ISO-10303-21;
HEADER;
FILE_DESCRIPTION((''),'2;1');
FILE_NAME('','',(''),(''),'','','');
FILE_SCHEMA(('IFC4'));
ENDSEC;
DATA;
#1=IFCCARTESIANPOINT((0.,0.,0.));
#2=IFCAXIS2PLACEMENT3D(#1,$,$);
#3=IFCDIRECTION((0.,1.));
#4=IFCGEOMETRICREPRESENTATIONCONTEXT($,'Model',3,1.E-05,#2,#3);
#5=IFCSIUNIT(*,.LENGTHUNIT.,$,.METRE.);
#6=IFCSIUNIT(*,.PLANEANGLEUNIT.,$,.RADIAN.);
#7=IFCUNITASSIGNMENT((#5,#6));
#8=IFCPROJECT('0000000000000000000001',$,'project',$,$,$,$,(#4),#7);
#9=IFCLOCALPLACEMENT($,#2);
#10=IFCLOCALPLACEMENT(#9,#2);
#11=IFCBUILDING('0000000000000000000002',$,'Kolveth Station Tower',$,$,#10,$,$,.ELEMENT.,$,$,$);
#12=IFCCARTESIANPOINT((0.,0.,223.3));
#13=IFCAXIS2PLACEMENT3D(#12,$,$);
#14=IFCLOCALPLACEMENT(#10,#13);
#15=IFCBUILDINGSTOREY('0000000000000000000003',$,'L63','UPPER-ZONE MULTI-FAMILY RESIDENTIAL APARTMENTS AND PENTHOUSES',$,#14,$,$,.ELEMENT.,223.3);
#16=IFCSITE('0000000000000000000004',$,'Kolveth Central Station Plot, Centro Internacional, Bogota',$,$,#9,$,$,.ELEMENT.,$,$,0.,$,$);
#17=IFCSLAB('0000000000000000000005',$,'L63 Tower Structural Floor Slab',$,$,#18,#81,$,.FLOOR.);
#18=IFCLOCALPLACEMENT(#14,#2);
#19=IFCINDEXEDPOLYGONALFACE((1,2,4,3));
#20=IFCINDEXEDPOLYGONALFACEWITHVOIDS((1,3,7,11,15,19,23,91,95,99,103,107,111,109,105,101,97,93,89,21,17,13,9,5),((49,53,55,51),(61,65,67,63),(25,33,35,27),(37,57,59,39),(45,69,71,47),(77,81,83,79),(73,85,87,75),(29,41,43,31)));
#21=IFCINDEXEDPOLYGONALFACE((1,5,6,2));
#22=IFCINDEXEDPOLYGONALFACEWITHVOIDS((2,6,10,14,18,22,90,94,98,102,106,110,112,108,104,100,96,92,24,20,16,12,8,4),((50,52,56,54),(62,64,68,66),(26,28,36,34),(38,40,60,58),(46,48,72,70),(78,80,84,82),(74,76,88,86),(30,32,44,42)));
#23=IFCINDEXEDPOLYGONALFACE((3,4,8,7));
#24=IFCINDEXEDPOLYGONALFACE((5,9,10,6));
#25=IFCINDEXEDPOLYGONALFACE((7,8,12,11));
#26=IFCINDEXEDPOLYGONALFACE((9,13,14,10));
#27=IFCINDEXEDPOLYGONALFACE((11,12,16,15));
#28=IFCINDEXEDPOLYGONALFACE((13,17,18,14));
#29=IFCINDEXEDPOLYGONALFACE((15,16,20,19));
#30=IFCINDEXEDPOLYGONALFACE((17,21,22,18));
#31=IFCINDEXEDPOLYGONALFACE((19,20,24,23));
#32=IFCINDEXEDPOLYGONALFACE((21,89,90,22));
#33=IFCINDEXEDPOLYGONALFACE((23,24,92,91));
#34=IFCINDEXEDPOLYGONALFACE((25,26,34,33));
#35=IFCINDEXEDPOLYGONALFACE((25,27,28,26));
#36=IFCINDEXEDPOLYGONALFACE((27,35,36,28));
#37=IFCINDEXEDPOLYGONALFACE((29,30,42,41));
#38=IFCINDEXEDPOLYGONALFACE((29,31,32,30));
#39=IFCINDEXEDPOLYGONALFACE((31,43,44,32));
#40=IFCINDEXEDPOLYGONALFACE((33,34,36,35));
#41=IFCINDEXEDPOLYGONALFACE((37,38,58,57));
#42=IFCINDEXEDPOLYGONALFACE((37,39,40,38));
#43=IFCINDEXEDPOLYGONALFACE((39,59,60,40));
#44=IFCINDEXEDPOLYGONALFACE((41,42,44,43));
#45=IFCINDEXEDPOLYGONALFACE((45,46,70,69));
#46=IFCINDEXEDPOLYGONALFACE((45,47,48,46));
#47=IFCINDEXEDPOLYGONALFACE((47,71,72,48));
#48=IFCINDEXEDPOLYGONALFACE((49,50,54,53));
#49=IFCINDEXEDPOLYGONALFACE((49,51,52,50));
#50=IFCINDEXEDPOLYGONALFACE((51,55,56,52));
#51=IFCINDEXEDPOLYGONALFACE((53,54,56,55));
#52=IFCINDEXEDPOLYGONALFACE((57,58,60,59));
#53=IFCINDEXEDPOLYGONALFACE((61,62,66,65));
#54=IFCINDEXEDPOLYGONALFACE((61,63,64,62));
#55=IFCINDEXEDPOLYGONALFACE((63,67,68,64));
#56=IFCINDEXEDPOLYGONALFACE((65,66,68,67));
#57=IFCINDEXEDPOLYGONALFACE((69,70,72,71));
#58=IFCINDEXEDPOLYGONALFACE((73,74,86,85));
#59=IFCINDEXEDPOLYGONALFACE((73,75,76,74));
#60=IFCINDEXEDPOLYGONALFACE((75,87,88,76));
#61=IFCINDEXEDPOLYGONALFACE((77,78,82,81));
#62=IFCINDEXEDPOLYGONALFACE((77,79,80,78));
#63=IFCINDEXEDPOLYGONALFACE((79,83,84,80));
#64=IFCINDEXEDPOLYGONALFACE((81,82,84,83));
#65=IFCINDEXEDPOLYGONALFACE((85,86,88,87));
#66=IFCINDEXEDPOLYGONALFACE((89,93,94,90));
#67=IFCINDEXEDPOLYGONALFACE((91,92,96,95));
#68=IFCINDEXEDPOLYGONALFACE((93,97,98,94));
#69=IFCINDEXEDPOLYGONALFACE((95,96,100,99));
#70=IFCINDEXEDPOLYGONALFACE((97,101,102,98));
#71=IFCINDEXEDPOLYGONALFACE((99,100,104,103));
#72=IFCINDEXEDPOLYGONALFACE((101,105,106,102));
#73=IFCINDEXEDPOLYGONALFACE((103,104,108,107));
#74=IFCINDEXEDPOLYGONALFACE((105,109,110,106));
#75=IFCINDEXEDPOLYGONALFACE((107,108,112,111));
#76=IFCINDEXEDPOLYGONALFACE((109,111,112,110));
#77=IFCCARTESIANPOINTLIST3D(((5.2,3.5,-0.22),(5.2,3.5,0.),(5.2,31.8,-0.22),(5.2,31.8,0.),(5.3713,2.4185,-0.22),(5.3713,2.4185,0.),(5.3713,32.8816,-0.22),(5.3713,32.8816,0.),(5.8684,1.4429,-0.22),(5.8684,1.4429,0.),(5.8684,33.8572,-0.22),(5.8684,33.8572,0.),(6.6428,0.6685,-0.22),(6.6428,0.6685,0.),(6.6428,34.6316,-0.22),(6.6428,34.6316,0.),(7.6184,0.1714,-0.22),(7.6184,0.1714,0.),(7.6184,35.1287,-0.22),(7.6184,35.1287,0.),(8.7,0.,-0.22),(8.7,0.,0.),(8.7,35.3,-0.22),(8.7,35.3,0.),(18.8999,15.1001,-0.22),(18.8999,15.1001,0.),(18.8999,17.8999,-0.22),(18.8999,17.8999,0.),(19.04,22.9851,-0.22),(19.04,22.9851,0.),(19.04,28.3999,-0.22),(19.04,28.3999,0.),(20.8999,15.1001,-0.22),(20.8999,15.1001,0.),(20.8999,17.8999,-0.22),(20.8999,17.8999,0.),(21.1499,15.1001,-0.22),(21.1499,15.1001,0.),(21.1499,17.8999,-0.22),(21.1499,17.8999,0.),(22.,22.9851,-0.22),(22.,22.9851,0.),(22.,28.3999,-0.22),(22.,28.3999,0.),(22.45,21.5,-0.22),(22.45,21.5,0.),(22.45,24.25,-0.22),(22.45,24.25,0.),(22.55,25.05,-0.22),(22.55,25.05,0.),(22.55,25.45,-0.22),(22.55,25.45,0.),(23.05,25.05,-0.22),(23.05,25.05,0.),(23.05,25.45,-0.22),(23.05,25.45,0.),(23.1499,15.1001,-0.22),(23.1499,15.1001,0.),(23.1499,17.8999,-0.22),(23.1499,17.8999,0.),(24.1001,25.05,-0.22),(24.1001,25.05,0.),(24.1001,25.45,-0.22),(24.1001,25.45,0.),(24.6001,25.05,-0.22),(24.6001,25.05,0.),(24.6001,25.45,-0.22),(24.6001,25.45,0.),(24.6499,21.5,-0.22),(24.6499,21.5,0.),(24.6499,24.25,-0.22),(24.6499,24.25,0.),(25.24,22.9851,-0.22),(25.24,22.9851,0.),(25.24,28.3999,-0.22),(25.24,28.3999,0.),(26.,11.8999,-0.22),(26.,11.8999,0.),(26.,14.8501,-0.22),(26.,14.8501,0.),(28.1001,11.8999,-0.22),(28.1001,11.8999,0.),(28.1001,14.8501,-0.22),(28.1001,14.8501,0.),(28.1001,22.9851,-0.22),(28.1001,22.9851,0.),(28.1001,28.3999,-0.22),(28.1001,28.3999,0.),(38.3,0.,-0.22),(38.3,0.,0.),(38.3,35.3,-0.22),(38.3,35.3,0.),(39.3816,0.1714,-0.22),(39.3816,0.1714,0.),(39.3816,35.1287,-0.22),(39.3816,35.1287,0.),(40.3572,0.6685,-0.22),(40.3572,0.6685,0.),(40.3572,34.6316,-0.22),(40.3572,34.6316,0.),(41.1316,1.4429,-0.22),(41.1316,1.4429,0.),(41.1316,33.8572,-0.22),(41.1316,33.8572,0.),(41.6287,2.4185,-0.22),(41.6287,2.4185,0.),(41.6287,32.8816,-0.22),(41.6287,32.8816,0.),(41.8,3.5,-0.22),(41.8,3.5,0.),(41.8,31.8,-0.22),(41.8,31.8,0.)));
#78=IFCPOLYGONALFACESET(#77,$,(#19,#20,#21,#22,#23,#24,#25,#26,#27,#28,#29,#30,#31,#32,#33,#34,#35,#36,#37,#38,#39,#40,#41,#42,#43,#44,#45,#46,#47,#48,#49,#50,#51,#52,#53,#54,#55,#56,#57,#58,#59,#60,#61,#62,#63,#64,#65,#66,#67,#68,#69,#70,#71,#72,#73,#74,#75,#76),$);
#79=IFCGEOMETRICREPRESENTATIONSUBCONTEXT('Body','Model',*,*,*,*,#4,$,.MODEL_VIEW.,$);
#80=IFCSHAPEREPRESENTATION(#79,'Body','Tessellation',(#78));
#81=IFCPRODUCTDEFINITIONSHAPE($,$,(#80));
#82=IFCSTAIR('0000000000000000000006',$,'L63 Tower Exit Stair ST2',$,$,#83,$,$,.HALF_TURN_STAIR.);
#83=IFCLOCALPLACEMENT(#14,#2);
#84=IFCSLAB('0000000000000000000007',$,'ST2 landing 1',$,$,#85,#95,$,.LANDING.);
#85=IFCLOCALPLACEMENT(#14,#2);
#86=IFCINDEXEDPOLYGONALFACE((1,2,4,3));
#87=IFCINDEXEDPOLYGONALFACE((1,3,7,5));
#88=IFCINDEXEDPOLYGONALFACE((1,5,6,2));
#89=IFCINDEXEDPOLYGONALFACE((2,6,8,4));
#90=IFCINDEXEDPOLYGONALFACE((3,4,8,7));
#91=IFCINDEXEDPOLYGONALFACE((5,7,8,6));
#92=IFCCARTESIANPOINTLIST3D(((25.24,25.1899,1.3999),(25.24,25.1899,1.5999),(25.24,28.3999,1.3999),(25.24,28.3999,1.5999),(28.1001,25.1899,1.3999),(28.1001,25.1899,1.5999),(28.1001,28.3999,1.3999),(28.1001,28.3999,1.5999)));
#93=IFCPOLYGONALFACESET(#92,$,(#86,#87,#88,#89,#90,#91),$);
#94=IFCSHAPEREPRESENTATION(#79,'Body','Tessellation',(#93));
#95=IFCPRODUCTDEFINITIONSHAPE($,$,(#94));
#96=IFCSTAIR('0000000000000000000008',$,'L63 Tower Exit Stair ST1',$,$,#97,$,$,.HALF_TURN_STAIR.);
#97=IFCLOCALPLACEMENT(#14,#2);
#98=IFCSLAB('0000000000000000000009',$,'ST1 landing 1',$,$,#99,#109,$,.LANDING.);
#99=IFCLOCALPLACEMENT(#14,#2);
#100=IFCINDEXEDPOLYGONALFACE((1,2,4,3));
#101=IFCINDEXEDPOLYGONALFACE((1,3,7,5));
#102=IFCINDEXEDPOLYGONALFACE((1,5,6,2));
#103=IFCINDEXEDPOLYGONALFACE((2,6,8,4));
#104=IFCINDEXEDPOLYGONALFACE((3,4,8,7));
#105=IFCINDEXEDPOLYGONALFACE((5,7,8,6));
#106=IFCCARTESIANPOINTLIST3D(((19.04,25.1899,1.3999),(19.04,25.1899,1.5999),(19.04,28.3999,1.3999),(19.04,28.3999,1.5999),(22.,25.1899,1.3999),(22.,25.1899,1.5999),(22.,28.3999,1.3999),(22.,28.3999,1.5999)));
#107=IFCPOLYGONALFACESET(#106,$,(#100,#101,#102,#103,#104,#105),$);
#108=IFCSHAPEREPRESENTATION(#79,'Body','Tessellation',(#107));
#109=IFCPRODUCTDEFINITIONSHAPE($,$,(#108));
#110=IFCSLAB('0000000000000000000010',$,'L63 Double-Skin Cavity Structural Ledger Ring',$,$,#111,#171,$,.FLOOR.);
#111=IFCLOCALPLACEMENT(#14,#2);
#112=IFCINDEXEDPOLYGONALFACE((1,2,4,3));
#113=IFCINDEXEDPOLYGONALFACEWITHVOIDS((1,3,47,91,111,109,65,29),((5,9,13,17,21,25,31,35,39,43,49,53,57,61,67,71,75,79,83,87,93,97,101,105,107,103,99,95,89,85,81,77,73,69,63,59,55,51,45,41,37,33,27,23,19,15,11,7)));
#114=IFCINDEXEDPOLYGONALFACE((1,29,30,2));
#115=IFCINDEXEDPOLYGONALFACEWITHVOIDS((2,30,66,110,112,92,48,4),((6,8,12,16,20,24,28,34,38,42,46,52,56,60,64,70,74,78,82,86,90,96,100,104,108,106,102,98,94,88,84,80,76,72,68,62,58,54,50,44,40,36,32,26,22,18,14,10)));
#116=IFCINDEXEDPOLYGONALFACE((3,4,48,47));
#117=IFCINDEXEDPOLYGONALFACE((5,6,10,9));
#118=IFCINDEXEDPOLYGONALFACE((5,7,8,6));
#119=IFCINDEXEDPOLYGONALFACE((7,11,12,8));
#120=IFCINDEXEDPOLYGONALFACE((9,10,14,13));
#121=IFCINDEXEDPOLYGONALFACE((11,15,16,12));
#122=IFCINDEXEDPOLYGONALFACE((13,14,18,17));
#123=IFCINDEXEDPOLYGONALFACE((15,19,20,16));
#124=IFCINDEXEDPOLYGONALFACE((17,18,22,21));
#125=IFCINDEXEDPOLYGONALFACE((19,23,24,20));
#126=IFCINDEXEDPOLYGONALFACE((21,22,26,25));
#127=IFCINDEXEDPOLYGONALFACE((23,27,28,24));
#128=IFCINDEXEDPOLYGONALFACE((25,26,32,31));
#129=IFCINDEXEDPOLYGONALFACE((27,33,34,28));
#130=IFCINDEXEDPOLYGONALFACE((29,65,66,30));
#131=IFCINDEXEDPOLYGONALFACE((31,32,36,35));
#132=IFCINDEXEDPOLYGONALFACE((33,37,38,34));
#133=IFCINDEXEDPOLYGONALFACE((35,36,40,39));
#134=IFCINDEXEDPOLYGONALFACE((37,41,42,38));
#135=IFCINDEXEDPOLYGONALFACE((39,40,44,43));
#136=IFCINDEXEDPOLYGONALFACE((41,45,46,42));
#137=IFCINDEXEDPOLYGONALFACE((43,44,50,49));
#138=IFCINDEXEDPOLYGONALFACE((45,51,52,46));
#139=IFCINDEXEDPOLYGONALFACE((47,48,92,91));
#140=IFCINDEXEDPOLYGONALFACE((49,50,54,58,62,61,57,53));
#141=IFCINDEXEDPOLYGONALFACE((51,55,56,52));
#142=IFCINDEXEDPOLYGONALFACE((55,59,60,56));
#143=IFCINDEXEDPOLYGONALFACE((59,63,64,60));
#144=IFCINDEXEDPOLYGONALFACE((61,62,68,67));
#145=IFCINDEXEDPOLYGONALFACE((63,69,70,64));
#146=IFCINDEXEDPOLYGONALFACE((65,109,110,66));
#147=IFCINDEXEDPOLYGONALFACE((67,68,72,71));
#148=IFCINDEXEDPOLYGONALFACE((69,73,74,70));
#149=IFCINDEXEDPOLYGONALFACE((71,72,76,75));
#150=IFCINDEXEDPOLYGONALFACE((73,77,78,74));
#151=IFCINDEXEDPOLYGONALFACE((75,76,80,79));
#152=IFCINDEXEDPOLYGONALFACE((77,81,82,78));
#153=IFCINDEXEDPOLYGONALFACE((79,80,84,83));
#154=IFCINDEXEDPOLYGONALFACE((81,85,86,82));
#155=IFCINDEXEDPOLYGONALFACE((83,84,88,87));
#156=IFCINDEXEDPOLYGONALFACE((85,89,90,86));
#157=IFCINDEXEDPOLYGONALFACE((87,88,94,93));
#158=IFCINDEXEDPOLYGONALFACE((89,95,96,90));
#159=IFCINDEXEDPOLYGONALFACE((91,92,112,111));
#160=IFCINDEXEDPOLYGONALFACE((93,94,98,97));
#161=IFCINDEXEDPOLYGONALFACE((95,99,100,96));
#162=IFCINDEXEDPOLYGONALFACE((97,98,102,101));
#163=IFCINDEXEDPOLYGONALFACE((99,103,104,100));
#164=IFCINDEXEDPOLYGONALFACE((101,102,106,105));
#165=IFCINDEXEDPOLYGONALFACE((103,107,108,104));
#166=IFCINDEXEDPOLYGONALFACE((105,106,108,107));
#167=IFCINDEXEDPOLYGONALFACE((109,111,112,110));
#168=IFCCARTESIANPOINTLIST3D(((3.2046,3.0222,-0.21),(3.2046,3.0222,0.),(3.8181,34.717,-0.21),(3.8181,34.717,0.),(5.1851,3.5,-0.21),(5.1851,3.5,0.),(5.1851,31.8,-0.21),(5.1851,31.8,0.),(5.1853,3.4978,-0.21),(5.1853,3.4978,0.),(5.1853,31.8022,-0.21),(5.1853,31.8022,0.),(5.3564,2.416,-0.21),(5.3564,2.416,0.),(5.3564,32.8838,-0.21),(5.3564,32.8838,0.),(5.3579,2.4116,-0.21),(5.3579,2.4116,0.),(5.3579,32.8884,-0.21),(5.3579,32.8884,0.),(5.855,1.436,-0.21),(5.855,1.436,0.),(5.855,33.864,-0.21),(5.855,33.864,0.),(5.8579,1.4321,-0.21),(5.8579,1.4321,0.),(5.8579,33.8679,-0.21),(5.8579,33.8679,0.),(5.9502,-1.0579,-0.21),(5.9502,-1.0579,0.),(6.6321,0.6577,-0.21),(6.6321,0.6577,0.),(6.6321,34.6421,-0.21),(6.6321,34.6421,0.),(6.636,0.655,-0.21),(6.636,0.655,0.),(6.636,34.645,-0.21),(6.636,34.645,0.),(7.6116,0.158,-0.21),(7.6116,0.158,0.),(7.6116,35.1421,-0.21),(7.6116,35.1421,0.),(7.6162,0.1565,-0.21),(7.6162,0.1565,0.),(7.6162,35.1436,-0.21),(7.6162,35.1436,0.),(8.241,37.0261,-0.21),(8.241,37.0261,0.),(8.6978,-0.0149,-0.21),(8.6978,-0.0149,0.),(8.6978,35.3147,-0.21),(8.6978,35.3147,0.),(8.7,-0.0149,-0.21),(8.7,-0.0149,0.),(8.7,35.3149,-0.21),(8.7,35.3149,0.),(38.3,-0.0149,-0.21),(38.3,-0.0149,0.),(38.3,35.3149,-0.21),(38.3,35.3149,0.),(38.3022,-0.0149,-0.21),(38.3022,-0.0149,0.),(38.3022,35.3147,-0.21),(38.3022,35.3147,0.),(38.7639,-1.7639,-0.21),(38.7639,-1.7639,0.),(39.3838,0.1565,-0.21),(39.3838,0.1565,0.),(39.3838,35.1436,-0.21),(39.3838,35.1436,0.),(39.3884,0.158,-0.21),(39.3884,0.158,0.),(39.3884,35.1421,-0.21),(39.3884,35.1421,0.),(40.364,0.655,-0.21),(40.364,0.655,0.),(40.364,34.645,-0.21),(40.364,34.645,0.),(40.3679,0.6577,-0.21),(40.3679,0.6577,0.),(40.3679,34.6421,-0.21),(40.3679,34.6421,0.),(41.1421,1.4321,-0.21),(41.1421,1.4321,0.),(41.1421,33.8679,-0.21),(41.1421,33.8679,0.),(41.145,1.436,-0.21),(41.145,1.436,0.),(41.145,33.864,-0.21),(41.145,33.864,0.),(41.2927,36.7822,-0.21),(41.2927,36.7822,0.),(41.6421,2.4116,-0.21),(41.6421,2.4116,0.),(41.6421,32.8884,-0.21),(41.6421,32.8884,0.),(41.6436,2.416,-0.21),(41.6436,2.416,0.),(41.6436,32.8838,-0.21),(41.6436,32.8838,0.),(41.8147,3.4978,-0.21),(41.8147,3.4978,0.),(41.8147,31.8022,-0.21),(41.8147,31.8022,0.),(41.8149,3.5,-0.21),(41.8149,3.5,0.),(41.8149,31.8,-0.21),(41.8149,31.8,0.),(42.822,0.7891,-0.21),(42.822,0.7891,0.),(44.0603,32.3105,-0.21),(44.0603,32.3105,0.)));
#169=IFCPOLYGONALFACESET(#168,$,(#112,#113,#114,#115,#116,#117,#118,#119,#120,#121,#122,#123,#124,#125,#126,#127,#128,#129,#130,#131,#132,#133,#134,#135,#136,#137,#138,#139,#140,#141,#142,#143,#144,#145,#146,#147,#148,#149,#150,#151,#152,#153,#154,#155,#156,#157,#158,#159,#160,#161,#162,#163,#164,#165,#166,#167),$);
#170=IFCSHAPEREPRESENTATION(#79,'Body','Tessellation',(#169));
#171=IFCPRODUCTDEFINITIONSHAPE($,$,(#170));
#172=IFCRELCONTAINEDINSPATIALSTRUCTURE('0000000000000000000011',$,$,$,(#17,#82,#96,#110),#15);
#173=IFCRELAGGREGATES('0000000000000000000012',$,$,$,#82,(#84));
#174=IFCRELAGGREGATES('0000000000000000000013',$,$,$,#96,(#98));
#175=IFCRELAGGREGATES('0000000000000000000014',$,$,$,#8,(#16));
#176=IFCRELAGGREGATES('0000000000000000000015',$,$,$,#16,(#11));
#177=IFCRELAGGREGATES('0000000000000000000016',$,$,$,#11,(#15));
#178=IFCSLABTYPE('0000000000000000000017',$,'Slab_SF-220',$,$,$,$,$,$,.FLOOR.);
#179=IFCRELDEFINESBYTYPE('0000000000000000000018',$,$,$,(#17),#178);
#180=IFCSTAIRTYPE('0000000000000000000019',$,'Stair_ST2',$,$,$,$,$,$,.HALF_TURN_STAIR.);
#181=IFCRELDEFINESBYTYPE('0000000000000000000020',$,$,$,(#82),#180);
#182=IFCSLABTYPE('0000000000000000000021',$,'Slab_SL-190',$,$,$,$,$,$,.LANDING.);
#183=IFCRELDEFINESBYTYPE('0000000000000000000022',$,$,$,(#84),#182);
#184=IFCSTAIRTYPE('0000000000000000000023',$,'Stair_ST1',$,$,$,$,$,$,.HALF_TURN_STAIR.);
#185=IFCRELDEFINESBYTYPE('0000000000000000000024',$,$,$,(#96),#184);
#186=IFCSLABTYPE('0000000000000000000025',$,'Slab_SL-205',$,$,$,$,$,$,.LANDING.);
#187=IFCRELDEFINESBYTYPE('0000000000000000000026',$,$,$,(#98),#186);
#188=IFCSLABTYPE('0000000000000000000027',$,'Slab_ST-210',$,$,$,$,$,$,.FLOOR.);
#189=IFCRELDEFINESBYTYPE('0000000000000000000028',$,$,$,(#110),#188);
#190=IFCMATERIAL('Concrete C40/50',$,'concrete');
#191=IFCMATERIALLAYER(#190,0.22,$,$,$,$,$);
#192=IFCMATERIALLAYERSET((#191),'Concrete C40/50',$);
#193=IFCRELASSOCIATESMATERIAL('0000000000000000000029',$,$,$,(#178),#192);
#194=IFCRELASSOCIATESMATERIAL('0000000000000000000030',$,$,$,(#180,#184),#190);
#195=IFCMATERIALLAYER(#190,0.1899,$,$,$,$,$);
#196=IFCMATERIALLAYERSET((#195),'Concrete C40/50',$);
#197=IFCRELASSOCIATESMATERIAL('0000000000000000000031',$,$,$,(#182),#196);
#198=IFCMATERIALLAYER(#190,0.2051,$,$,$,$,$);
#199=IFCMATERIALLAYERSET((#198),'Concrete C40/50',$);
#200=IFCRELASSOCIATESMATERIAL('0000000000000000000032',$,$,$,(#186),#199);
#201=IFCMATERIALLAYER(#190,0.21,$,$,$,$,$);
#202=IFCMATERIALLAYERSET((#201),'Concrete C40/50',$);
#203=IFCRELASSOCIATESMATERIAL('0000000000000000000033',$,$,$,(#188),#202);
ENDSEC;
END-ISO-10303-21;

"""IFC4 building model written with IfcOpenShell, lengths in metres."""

from ifc_helpers import new_model, si_unit, direction, frame, origin, place, context, subcontext, project, spatial, polyline, outline, extrude, material, layer, layer_set, type_object, element, aggregate, save


model = new_model("IFC4")

# Units and contexts
model_context = context("Model", 3, precision=1e-05, world=origin(), true_north=direction((0.0, 1.0)))
body_context = subcontext(model_context, "Body", "Model", "MODEL_VIEW")
ifc_project = project(units=[si_unit("LENGTHUNIT", "METRE"), si_unit("PLANEANGLEUNIT", "RADIAN")], contexts=[model_context])

# Site, building, storey
site_placement = place(None, origin())
site = spatial("IfcSite", under=ifc_project, at=site_placement, Name="Kolveth Central Station Plot, Centro Internacional, Bogota", CompositionType="ELEMENT", RefElevation=0.0)
building_placement = place(site_placement, origin())
building = spatial("IfcBuilding", under=site, at=building_placement, Name="Kolveth Station Tower", CompositionType="ELEMENT")
storey_placement = place(building_placement, frame((0.0, 0.0, 223.3)))
storey = spatial("IfcBuildingStorey", under=building, at=storey_placement, Name="L63", Description="UPPER-ZONE MULTI-FAMILY RESIDENTIAL APARTMENTS AND PENTHOUSES", CompositionType="ELEMENT", Elevation=223.3)

# Slab
ifc_material_1 = material(Name="Concrete C40/50", Category="concrete")
ifc_layer_1 = layer(ifc_material_1, 0.22)
ifc_layer_set_1 = layer_set([ifc_layer_1], Name="Concrete C40/50")
slab_type_1 = type_object("IfcSlabType", Name="Slab_SF-220", PredefinedType="FLOOR", material=ifc_layer_set_1)
slab_1_placement = place(storey_placement, frame((0.0, 0.0, -0.22)))
element("IfcSlab", 1, at=slab_1_placement, inside=storey, type_object=slab_type_1, Name="L63 Tower Structural Floor Slab", PredefinedType="FLOOR", context=body_context, shape_type="SweptSolid", body=[
    extrude(outline(polyline([(38.3, 0.0), (39.3816, 0.1714), (40.3572, 0.6685), (41.1316, 1.4429), (41.6287, 2.4185), (41.8, 3.5), (41.8, 31.8), (41.6287, 32.8816), (41.1316, 33.8572), (40.3572, 34.6316), (39.3816, 35.1287), (38.3, 35.3), (8.7, 35.3), (7.6184, 35.1287), (6.6428, 34.6316), (5.8684, 33.8572), (5.3713, 32.8816), (5.2, 31.8), (5.2, 3.5), (5.3713, 2.4185), (5.8684, 1.4429), (6.6428, 0.6685), (7.6184, 0.1714), (8.7, 0.0), (38.3, 0.0)]), holes=[polyline([(19.04, 22.9851), (22.0, 22.9851), (22.0, 28.3999), (19.04, 28.3999), (19.04, 22.9851)]), polyline([(25.24, 22.9851), (28.1001, 22.9851), (28.1001, 28.3999), (25.24, 28.3999), (25.24, 22.9851)]), polyline([(18.8999, 15.1001), (20.8999, 15.1001), (20.8999, 17.8999), (18.8999, 17.8999), (18.8999, 15.1001)]), polyline([(21.1499, 15.1001), (23.1499, 15.1001), (23.1499, 17.8999), (21.1499, 17.8999), (21.1499, 15.1001)]), polyline([(22.45, 21.5), (24.6499, 21.5), (24.6499, 24.25), (22.45, 24.25), (22.45, 21.5)]), polyline([(26.0, 11.8999), (28.1001, 11.8999), (28.1001, 14.8501), (26.0, 14.8501), (26.0, 11.8999)]), polyline([(22.55, 25.05), (23.05, 25.05), (23.05, 25.45), (22.55, 25.45), (22.55, 25.05)]), polyline([(24.1001, 25.05), (24.6001, 25.05), (24.6001, 25.45), (24.1001, 25.45), (24.1001, 25.05)])]), origin(), (0.0, 0.0, 1.0), 0.22),
])

# Stairs, slabs
stair_type_1 = type_object("IfcStairType", Name="Stair_ST2", PredefinedType="HALF_TURN_STAIR", material=ifc_material_1)
stair_1_placement = place(storey_placement, origin())
stair_1 = element("IfcStair", 2, at=stair_1_placement, inside=storey, type_object=stair_type_1, Name="L63 Tower Exit Stair ST2", PredefinedType="HALF_TURN_STAIR")
ifc_layer_2 = layer(ifc_material_1, 0.1899)
ifc_layer_set_2 = layer_set([ifc_layer_2], Name="Concrete C40/50")
slab_type_2 = type_object("IfcSlabType", Name="Slab_SL-190", PredefinedType="LANDING", material=ifc_layer_set_2)
slab_2_placement = place(storey_placement, frame((0.0, 0.0, 1.3999)))
slab_2 = element("IfcSlab", 3, at=slab_2_placement, type_object=slab_type_2, Name="ST2 landing 1", PredefinedType="LANDING", context=body_context, shape_type="SweptSolid", body=[
    extrude(outline(polyline([(28.1001, 25.1899), (28.1001, 28.3999), (25.24, 28.3999), (25.24, 25.1899), (28.1001, 25.1899)])), origin(), (0.0, 0.0, 1.0), 0.2),
])
aggregate(stair_1, [slab_2])
stair_type_2 = type_object("IfcStairType", Name="Stair_ST1", PredefinedType="HALF_TURN_STAIR", material=ifc_material_1)
stair_2_placement = place(storey_placement, origin())
stair_2 = element("IfcStair", 4, at=stair_2_placement, inside=storey, type_object=stair_type_2, Name="L63 Tower Exit Stair ST1", PredefinedType="HALF_TURN_STAIR")
ifc_layer_3 = layer(ifc_material_1, 0.2051)
ifc_layer_set_3 = layer_set([ifc_layer_3], Name="Concrete C40/50")
slab_type_3 = type_object("IfcSlabType", Name="Slab_SL-205", PredefinedType="LANDING", material=ifc_layer_set_3)
slab_3_placement = place(storey_placement, frame((0.0, 0.0, 1.3999)))
slab_3 = element("IfcSlab", 5, at=slab_3_placement, type_object=slab_type_3, Name="ST1 landing 1", PredefinedType="LANDING", context=body_context, shape_type="SweptSolid", body=[
    extrude(outline(polyline([(22.0, 25.1899), (22.0, 28.3999), (19.04, 28.3999), (19.04, 25.1899), (22.0, 25.1899)])), origin(), (0.0, 0.0, 1.0), 0.2),
])
aggregate(stair_2, [slab_3])

# Slab
ifc_layer_4 = layer(ifc_material_1, 0.21)
ifc_layer_set_4 = layer_set([ifc_layer_4], Name="Concrete C40/50")
slab_type_4 = type_object("IfcSlabType", Name="Slab_ST-210", PredefinedType="FLOOR", material=ifc_layer_set_4)
slab_4_placement = place(storey_placement, frame((0.0, 0.0, -0.21)))
element("IfcSlab", 6, at=slab_4_placement, inside=storey, type_object=slab_type_4, Name="L63 Double-Skin Cavity Structural Ledger Ring", PredefinedType="FLOOR", context=body_context, shape_type="SweptSolid", body=[
    extrude(outline(polyline([(5.9502, -1.0579), (3.2046, 3.0222), (3.8181, 34.717), (8.241, 37.0261), (41.2927, 36.7822), (44.0603, 32.3105), (42.822, 0.7891), (38.7639, -1.7639), (5.9502, -1.0579)]), holes=[polyline([(38.3022, -0.0149), (39.3838, 0.1565), (39.3884, 0.158), (40.364, 0.655), (40.3679, 0.6577), (41.1421, 1.4321), (41.145, 1.436), (41.6421, 2.4116), (41.6436, 2.416), (41.8147, 3.4978), (41.8149, 3.5), (41.8149, 31.8), (41.8147, 31.8022), (41.6436, 32.8838), (41.6421, 32.8884), (41.145, 33.864), (41.1421, 33.8679), (40.3679, 34.6421), (40.364, 34.645), (39.3884, 35.1421), (39.3838, 35.1436), (38.3022, 35.3147), (38.3, 35.3149), (8.7, 35.3149), (8.6978, 35.3147), (7.6162, 35.1436), (7.6116, 35.1421), (6.636, 34.645), (6.6321, 34.6421), (5.8579, 33.8679), (5.855, 33.864), (5.3579, 32.8884), (5.3564, 32.8838), (5.1853, 31.8022), (5.1851, 31.8), (5.1851, 3.5), (5.1853, 3.4978), (5.3564, 2.416), (5.3579, 2.4116), (5.855, 1.436), (5.8579, 1.4321), (6.6321, 0.6577), (6.636, 0.655), (7.6116, 0.158), (7.6162, 0.1565), (8.6978, -0.0149), (8.7, -0.0149), (38.3, -0.0149), (38.3022, -0.0149)])]), origin(), (0.0, 0.0, 1.0), 0.21),
])

save(model, "model.ifc")
